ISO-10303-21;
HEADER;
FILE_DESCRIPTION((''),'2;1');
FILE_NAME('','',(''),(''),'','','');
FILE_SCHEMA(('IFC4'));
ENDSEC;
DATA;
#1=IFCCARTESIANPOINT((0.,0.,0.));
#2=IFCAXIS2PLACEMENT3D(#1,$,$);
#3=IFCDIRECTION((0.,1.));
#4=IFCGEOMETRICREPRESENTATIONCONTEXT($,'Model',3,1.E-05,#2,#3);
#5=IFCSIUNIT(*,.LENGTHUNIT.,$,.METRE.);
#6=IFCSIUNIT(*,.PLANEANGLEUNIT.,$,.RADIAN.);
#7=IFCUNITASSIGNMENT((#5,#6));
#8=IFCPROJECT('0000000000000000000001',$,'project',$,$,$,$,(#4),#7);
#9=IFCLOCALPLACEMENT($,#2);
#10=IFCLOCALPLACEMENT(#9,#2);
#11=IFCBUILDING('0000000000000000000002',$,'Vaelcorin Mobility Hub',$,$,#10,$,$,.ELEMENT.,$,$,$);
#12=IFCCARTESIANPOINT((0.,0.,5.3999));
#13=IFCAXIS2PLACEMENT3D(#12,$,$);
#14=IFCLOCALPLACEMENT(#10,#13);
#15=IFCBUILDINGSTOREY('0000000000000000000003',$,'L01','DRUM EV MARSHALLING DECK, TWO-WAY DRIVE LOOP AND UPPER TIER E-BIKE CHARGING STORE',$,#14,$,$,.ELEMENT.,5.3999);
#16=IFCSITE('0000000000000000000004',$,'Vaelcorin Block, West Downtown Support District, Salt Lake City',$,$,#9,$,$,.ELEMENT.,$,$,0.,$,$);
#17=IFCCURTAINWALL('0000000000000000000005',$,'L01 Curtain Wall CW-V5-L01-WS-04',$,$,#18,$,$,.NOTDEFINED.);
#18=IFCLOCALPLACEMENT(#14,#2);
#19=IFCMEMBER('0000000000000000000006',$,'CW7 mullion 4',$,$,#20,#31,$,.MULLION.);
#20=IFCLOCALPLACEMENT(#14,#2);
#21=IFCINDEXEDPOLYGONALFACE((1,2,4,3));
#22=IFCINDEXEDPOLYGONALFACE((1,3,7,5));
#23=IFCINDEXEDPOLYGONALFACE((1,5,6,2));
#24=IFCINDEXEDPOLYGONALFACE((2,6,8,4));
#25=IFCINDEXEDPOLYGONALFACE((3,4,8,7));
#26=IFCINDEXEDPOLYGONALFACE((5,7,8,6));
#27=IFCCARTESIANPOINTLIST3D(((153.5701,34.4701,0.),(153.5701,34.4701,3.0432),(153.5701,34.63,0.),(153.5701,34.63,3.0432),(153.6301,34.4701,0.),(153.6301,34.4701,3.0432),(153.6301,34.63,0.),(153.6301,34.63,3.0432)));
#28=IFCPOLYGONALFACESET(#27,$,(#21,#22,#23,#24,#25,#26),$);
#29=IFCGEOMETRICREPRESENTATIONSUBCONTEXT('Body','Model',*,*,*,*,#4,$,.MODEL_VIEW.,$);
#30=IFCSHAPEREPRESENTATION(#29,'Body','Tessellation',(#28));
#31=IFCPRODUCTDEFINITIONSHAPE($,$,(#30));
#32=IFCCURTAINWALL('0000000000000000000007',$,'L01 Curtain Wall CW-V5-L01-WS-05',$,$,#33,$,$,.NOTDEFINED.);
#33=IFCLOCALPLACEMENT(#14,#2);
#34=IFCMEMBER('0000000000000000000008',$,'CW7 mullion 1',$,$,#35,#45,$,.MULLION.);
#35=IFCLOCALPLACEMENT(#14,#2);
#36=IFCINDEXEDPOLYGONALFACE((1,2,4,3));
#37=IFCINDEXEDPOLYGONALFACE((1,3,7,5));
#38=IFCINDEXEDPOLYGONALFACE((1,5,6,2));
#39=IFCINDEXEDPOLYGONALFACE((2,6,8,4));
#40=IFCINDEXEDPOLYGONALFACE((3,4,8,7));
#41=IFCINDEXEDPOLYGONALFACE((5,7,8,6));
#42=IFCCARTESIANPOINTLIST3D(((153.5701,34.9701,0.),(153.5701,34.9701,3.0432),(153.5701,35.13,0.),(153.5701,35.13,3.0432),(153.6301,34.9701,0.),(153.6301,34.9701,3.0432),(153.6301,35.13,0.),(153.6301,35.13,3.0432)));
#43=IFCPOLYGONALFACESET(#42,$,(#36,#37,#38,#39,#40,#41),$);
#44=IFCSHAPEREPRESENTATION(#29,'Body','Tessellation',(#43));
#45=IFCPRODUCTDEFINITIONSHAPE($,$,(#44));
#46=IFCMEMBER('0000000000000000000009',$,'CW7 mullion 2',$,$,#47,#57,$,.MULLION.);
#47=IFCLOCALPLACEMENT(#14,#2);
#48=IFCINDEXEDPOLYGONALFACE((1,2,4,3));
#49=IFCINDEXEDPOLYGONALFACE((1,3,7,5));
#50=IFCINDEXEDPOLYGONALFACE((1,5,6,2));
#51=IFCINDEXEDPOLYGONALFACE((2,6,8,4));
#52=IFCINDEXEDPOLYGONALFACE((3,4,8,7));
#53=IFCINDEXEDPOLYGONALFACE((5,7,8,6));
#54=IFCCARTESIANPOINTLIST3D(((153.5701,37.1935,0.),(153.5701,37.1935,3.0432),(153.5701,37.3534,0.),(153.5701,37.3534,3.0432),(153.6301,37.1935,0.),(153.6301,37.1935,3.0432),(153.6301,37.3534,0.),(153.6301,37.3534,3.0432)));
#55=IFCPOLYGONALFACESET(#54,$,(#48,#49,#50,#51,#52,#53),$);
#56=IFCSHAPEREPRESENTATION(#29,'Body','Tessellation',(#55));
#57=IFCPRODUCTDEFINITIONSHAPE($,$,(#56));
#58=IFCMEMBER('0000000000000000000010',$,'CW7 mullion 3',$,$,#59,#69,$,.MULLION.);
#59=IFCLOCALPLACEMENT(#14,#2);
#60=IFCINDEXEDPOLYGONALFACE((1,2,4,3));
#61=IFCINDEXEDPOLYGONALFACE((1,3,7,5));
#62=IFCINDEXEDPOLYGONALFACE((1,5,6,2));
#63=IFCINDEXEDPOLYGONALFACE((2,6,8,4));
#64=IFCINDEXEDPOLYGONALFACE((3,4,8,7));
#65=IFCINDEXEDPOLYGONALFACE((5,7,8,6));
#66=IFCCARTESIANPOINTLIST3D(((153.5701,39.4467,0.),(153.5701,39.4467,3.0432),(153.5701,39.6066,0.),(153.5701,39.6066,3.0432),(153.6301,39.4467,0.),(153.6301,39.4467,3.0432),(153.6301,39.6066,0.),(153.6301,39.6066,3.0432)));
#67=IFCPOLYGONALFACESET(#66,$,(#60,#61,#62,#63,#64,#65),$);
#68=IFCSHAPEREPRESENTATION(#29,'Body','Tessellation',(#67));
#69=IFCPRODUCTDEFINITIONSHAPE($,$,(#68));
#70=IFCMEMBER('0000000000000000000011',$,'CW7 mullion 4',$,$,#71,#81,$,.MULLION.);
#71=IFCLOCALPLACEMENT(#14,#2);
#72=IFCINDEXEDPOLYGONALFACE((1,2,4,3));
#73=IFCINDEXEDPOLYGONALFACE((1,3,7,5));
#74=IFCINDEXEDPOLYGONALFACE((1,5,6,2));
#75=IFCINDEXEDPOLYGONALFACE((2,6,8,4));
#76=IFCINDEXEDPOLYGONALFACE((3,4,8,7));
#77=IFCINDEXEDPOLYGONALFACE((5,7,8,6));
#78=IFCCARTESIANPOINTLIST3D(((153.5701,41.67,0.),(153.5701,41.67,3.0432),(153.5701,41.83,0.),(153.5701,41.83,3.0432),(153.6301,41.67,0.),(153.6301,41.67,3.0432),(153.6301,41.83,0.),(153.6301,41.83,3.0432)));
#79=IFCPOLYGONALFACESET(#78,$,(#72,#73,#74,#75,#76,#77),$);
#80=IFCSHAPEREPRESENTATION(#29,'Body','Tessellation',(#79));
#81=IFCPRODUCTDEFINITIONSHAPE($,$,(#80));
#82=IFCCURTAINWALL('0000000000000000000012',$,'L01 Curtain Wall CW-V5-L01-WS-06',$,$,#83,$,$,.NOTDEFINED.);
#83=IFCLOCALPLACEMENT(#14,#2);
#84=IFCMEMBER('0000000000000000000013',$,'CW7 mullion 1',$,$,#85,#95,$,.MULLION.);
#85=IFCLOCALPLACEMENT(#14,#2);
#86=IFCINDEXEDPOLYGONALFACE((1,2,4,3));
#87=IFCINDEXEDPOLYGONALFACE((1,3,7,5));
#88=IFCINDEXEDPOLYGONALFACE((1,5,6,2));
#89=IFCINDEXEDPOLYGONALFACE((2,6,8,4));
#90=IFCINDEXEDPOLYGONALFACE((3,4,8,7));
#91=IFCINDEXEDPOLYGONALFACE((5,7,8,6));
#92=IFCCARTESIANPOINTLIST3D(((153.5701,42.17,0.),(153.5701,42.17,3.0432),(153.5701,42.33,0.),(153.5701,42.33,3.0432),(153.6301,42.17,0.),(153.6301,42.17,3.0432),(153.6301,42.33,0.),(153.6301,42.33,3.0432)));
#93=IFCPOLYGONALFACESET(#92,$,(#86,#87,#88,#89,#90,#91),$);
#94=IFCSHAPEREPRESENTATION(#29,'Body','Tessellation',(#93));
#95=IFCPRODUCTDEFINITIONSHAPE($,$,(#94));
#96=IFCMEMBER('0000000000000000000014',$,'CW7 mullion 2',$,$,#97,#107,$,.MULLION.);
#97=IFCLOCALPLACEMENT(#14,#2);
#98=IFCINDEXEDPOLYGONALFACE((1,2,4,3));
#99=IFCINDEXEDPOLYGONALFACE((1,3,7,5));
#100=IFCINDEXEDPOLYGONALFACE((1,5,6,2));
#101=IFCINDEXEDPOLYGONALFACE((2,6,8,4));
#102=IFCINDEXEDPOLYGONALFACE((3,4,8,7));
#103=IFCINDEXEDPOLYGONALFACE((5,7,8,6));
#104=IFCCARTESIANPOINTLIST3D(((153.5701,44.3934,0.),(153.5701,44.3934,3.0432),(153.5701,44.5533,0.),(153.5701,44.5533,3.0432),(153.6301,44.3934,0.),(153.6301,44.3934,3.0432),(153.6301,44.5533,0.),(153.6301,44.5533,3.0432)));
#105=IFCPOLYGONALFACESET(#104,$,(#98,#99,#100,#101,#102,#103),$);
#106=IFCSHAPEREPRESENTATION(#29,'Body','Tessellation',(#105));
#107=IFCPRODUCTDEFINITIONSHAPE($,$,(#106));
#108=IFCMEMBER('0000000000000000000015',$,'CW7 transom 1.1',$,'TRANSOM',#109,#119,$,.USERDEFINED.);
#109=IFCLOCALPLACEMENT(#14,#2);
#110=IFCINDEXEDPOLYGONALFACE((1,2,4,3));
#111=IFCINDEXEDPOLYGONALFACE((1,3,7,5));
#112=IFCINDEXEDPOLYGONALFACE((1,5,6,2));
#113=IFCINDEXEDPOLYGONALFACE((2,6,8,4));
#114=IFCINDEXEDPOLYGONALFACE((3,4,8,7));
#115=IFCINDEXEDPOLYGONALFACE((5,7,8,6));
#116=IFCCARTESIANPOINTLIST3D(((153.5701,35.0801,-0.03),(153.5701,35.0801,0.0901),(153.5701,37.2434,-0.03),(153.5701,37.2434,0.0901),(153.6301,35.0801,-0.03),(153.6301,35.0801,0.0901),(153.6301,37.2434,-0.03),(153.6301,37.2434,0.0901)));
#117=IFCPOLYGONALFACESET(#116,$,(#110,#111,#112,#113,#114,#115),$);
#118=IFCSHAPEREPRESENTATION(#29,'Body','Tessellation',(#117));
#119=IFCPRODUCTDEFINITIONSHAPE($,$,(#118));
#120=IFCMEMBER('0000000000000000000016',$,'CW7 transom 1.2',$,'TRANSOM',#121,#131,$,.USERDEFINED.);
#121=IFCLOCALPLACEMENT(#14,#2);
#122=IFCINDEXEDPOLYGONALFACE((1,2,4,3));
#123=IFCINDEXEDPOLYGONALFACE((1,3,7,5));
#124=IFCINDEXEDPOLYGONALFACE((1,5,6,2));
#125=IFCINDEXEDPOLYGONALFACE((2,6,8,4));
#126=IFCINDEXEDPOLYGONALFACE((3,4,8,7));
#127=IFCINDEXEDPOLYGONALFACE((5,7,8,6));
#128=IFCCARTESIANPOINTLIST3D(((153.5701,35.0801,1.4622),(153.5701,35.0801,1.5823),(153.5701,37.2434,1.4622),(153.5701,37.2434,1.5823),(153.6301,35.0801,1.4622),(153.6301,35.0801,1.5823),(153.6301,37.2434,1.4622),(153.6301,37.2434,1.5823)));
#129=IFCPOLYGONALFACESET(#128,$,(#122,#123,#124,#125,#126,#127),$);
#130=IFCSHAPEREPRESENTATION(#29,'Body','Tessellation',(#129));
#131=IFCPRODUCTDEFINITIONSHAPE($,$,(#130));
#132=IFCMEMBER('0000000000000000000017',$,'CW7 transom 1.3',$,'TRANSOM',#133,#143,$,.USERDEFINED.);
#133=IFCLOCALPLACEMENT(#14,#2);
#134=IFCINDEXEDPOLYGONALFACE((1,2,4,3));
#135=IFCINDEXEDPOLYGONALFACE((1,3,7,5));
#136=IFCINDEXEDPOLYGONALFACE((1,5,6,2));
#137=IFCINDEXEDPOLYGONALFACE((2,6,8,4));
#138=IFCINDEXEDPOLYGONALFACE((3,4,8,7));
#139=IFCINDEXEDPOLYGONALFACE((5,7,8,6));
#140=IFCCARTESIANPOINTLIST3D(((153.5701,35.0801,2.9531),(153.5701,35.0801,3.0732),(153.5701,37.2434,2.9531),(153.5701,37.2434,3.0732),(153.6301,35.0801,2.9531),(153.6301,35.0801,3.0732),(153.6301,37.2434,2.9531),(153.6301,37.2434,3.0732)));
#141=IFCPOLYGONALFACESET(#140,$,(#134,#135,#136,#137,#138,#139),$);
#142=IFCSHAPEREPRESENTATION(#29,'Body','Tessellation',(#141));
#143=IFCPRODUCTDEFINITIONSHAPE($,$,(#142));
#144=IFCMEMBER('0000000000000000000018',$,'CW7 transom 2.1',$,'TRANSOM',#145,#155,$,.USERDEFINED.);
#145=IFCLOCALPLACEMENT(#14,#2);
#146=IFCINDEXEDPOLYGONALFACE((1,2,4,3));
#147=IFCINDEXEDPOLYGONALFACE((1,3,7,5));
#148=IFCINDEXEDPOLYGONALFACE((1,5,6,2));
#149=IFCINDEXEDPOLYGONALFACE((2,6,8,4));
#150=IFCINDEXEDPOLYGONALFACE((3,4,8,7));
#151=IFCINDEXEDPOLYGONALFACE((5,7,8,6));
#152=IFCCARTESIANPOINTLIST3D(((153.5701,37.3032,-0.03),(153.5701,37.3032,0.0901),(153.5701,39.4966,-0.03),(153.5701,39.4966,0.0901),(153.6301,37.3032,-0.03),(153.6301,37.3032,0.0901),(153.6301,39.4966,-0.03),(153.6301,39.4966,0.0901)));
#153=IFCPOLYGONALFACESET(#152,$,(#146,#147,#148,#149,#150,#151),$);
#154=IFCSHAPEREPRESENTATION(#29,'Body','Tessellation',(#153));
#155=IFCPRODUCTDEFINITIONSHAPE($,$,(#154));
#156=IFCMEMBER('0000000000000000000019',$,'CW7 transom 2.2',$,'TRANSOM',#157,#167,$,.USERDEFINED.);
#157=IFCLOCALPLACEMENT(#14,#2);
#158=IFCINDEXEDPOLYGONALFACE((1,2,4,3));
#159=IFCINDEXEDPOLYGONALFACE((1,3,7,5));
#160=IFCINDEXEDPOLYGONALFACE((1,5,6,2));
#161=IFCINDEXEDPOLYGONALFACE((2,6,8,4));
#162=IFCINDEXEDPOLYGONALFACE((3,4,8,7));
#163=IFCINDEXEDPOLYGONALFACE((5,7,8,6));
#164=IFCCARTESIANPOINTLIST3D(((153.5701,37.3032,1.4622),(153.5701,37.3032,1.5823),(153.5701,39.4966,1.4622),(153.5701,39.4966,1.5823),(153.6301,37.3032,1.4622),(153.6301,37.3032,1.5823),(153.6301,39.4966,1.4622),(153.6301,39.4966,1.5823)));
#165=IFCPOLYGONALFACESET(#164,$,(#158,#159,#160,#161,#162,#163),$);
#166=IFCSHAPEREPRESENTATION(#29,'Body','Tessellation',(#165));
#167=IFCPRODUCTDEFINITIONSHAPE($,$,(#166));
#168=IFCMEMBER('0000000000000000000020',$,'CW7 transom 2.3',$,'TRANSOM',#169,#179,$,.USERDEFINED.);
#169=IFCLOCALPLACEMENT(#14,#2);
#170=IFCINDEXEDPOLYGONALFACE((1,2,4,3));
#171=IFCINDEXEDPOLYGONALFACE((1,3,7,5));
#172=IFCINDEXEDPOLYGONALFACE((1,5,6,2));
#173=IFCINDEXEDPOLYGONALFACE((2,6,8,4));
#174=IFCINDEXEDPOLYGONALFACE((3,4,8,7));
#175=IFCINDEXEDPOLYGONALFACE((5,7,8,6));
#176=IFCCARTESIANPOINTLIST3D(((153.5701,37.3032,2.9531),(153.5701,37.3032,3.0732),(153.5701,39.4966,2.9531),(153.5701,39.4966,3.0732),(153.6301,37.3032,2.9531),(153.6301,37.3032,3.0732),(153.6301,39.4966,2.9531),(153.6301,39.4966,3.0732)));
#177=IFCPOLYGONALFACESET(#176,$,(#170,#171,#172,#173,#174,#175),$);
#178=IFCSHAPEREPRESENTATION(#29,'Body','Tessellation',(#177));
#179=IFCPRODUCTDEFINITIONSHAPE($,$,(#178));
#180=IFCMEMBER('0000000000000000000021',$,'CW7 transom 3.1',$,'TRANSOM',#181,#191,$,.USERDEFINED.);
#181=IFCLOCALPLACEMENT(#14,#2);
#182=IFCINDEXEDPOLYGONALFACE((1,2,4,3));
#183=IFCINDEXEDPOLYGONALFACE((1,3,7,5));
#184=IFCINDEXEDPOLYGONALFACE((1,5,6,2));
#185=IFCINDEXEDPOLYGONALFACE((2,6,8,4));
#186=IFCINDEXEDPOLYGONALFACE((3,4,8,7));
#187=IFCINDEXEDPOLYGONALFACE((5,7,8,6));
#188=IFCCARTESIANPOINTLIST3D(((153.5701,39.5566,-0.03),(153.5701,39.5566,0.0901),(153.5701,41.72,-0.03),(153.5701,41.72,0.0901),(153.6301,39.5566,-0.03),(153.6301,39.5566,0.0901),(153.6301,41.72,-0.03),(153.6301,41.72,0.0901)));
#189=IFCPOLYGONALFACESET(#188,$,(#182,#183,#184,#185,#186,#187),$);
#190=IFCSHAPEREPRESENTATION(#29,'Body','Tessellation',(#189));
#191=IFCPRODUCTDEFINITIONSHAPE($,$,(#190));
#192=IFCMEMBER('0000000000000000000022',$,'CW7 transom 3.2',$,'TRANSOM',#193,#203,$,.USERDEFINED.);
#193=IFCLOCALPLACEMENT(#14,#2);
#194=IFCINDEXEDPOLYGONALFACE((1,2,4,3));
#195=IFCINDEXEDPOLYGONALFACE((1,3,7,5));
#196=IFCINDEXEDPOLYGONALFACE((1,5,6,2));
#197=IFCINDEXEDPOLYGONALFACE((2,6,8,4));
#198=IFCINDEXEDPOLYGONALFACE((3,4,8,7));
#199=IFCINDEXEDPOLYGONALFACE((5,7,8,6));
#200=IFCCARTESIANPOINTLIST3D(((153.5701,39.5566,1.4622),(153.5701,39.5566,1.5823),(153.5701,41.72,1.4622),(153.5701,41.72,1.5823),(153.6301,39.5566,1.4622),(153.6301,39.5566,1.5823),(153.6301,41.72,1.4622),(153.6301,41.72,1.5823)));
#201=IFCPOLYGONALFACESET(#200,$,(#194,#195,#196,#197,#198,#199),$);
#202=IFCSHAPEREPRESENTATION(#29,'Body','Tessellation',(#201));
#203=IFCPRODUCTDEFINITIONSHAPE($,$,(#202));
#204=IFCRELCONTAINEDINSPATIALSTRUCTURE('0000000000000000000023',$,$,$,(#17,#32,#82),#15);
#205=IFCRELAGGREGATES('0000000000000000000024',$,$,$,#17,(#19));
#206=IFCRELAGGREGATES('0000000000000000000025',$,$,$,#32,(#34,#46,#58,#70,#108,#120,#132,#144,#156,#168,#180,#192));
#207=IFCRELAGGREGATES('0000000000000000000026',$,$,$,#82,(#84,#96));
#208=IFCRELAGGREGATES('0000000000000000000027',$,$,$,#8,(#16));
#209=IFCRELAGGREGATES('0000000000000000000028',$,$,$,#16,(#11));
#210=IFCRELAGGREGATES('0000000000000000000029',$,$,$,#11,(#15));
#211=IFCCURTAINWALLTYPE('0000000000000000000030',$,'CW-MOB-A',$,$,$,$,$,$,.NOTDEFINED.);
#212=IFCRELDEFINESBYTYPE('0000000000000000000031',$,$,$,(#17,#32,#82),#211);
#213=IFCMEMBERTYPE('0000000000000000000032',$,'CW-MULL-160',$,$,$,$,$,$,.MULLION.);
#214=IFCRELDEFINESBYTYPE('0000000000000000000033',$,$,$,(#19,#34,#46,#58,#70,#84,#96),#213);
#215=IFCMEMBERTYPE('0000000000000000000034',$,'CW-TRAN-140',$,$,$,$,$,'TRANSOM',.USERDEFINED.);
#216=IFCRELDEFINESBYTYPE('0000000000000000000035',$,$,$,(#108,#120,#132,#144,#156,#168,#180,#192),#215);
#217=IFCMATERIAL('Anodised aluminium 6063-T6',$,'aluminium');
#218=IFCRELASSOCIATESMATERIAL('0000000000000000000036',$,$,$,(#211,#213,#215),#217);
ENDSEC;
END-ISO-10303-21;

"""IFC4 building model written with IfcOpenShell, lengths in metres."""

from ifc_helpers import new_model, si_unit, direction, frame, origin, origin_2d, place, context, subcontext, project, spatial, rectangle, extrude, material, material_profile, profile_set, type_object, element, aggregate, save


model = new_model("IFC4")

# Units and contexts
model_context = context("Model", 3, precision=1e-05, world=origin(), true_north=direction((0.0, 1.0)))
body_context = subcontext(model_context, "Body", "Model", "MODEL_VIEW")
ifc_project = project(units=[si_unit("LENGTHUNIT", "METRE"), si_unit("PLANEANGLEUNIT", "RADIAN")], contexts=[model_context])

# Site, building, storey
site_placement = place(None, origin())
site = spatial("IfcSite", under=ifc_project, at=site_placement, Name="Vaelcorin Block, West Downtown Support District, Salt Lake City", CompositionType="ELEMENT", RefElevation=0.0)
building_placement = place(site_placement, origin())
building = spatial("IfcBuilding", under=site, at=building_placement, Name="Vaelcorin Mobility Hub", CompositionType="ELEMENT")
storey_placement = place(building_placement, frame((0.0, 0.0, 5.3999)))
storey = spatial("IfcBuildingStorey", under=building, at=storey_placement, Name="L01", Description="DRUM EV MARSHALLING DECK, TWO-WAY DRIVE LOOP AND UPPER TIER E-BIKE CHARGING STORE", CompositionType="ELEMENT", Elevation=5.3999)

# Curtain wall, member
ifc_material_1 = material(Name="Anodised aluminium 6063-T6", Category="aluminium")
curtain_wall_type = type_object("IfcCurtainWallType", Name="CW-MOB-A", PredefinedType="NOTDEFINED", material=ifc_material_1)
curtain_wall_1_placement = place(storey_placement, origin())
curtain_wall_1 = element("IfcCurtainWall", 1, at=curtain_wall_1_placement, inside=storey, type_object=curtain_wall_type, Name="L01 Curtain Wall CW-V5-L01-WS-04", PredefinedType="NOTDEFINED")
ifc_material_profile_1 = material_profile(ifc_material_1, rectangle(XDim=0.0601, YDim=0.1599, at=origin_2d()), Name="ALU-M60X160")
ifc_profile_set_1 = profile_set([ifc_material_profile_1], Name="Anodised aluminium 6063-T6")
member_type_1 = type_object("IfcMemberType", Name="CW-MULL-160", PredefinedType="MULLION", material=ifc_profile_set_1)
member_1_placement = place(storey_placement, frame((153.6001, 34.55, 0.0), z_axis=(0.0, 0.0, 1.0), x_axis=(-1.0, 0.0, 0.0)))
member_1 = element("IfcMember", 2, at=member_1_placement, type_object=member_type_1, Name="CW7 mullion 4", PredefinedType="MULLION", context=body_context, shape_type="SweptSolid", body=[
    extrude(rectangle(XDim=0.0601, YDim=0.1599, at=origin_2d()), origin(), (0.0, 0.0, 1.0), 3.0432),
])
aggregate(curtain_wall_1, [member_1])

# Curtain walls, members
curtain_wall_2_placement = place(storey_placement, origin())
curtain_wall_2 = element("IfcCurtainWall", 3, at=curtain_wall_2_placement, inside=storey, type_object=curtain_wall_type, Name="L01 Curtain Wall CW-V5-L01-WS-05", PredefinedType="NOTDEFINED")
member_2_placement = place(storey_placement, frame((153.6001, 35.05, 0.0), z_axis=(0.0, 0.0, 1.0), x_axis=(-1.0, 0.0, 0.0)))
member_2 = element("IfcMember", 4, at=member_2_placement, type_object=member_type_1, Name="CW7 mullion 1", PredefinedType="MULLION", context=body_context, shape_type="SweptSolid", body=[
    extrude(rectangle(XDim=0.0601, YDim=0.1599, at=origin_2d()), origin(), (0.0, 0.0, 1.0), 3.0432),
])
member_3_placement = place(storey_placement, frame((153.6001, 37.2734, 0.0), z_axis=(0.0, 0.0, 1.0), x_axis=(-1.0, 0.0, 0.0)))
member_3 = element("IfcMember", 5, at=member_3_placement, type_object=member_type_1, Name="CW7 mullion 2", PredefinedType="MULLION", context=body_context, shape_type="SweptSolid", body=[
    extrude(rectangle(XDim=0.0601, YDim=0.1599, at=origin_2d()), origin(), (0.0, 0.0, 1.0), 3.0432),
])
member_4_placement = place(storey_placement, frame((153.6001, 39.5266, 0.0), z_axis=(0.0, 0.0, 1.0), x_axis=(-1.0, 0.0, 0.0)))
member_4 = element("IfcMember", 6, at=member_4_placement, type_object=member_type_1, Name="CW7 mullion 3", PredefinedType="MULLION", context=body_context, shape_type="SweptSolid", body=[
    extrude(rectangle(XDim=0.0601, YDim=0.1599, at=origin_2d()), origin(), (0.0, 0.0, 1.0), 3.0432),
])
member_5_placement = place(storey_placement, frame((153.6001, 41.75, 0.0), z_axis=(0.0, 0.0, 1.0), x_axis=(-1.0, 0.0, 0.0)))
member_5 = element("IfcMember", 7, at=member_5_placement, type_object=member_type_1, Name="CW7 mullion 4", PredefinedType="MULLION", context=body_context, shape_type="SweptSolid", body=[
    extrude(rectangle(XDim=0.0601, YDim=0.1599, at=origin_2d()), origin(), (0.0, 0.0, 1.0), 3.0432),
])
curtain_wall_3_placement = place(storey_placement, origin())
curtain_wall_3 = element("IfcCurtainWall", 8, at=curtain_wall_3_placement, inside=storey, type_object=curtain_wall_type, Name="L01 Curtain Wall CW-V5-L01-WS-06", PredefinedType="NOTDEFINED")
member_6_placement = place(storey_placement, frame((153.6001, 42.25, 0.0), z_axis=(0.0, 0.0, 1.0), x_axis=(-1.0, 0.0, 0.0)))
member_6 = element("IfcMember", 9, at=member_6_placement, type_object=member_type_1, Name="CW7 mullion 1", PredefinedType="MULLION", context=body_context, shape_type="SweptSolid", body=[
    extrude(rectangle(XDim=0.0601, YDim=0.1599, at=origin_2d()), origin(), (0.0, 0.0, 1.0), 3.0432),
])
member_7_placement = place(storey_placement, frame((153.6001, 44.4734, 0.0), z_axis=(0.0, 0.0, 1.0), x_axis=(-1.0, 0.0, 0.0)))
member_7 = element("IfcMember", 10, at=member_7_placement, type_object=member_type_1, Name="CW7 mullion 2", PredefinedType="MULLION", context=body_context, shape_type="SweptSolid", body=[
    extrude(rectangle(XDim=0.0601, YDim=0.1599, at=origin_2d()), origin(), (0.0, 0.0, 1.0), 3.0432),
])

# Members
ifc_material_profile_2 = material_profile(ifc_material_1, rectangle(XDim=0.0601, YDim=0.1201, at=origin_2d()), Name="ALU-T60X120")
ifc_profile_set_2 = profile_set([ifc_material_profile_2], Name="Anodised aluminium 6063-T6")
member_type_2 = type_object("IfcMemberType", Name="CW-TRAN-140", ElementType="TRANSOM", PredefinedType="USERDEFINED", material=ifc_profile_set_2)
member_8_placement = place(storey_placement, frame((153.6001, 35.0801, 0.03), z_axis=(0.0, 1.0, 0.0), x_axis=(-1.0, 0.0, 0.0)))
member_8 = element("IfcMember", 11, at=member_8_placement, type_object=member_type_2, Name="CW7 transom 1.1", ObjectType="TRANSOM", PredefinedType="USERDEFINED", context=body_context, shape_type="SweptSolid", body=[
    extrude(rectangle(XDim=0.0601, YDim=0.1201, at=origin_2d()), origin(), (0.0, 0.0, 1.0), 2.1633),
])
member_9_placement = place(storey_placement, frame((153.6001, 35.0801, 1.5222), z_axis=(0.0, 1.0, 0.0), x_axis=(-1.0, 0.0, 0.0)))
member_9 = element("IfcMember", 12, at=member_9_placement, type_object=member_type_2, Name="CW7 transom 1.2", ObjectType="TRANSOM", PredefinedType="USERDEFINED", context=body_context, shape_type="SweptSolid", body=[
    extrude(rectangle(XDim=0.0601, YDim=0.1201, at=origin_2d()), origin(), (0.0, 0.0, 1.0), 2.1633),
])
member_10_placement = place(storey_placement, frame((153.6001, 35.0801, 3.0132), z_axis=(0.0, 1.0, 0.0), x_axis=(-1.0, 0.0, 0.0)))
member_10 = element("IfcMember", 13, at=member_10_placement, type_object=member_type_2, Name="CW7 transom 1.3", ObjectType="TRANSOM", PredefinedType="USERDEFINED", context=body_context, shape_type="SweptSolid", body=[
    extrude(rectangle(XDim=0.0601, YDim=0.1201, at=origin_2d()), origin(), (0.0, 0.0, 1.0), 2.1633),
])
member_11_placement = place(storey_placement, frame((153.6001, 37.3032, 0.03), z_axis=(0.0, 1.0, 0.0), x_axis=(-1.0, 0.0, 0.0)))
member_11 = element("IfcMember", 14, at=member_11_placement, type_object=member_type_2, Name="CW7 transom 2.1", ObjectType="TRANSOM", PredefinedType="USERDEFINED", context=body_context, shape_type="SweptSolid", body=[
    extrude(rectangle(XDim=0.0601, YDim=0.1201, at=origin_2d()), origin(), (0.0, 0.0, 1.0), 2.1934),
])
member_12_placement = place(storey_placement, frame((153.6001, 37.3032, 1.5222), z_axis=(0.0, 1.0, 0.0), x_axis=(-1.0, 0.0, 0.0)))
member_12 = element("IfcMember", 15, at=member_12_placement, type_object=member_type_2, Name="CW7 transom 2.2", ObjectType="TRANSOM", PredefinedType="USERDEFINED", context=body_context, shape_type="SweptSolid", body=[
    extrude(rectangle(XDim=0.0601, YDim=0.1201, at=origin_2d()), origin(), (0.0, 0.0, 1.0), 2.1934),
])
member_13_placement = place(storey_placement, frame((153.6001, 37.3032, 3.0132), z_axis=(0.0, 1.0, 0.0), x_axis=(-1.0, 0.0, 0.0)))
member_13 = element("IfcMember", 16, at=member_13_placement, type_object=member_type_2, Name="CW7 transom 2.3", ObjectType="TRANSOM", PredefinedType="USERDEFINED", context=body_context, shape_type="SweptSolid", body=[
    extrude(rectangle(XDim=0.0601, YDim=0.1201, at=origin_2d()), origin(), (0.0, 0.0, 1.0), 2.1934),
])
member_14_placement = place(storey_placement, frame((153.6001, 39.5566, 0.03), z_axis=(0.0, 1.0, 0.0), x_axis=(-1.0, 0.0, 0.0)))
member_14 = element("IfcMember", 17, at=member_14_placement, type_object=member_type_2, Name="CW7 transom 3.1", ObjectType="TRANSOM", PredefinedType="USERDEFINED", context=body_context, shape_type="SweptSolid", body=[
    extrude(rectangle(XDim=0.0601, YDim=0.1201, at=origin_2d()), origin(), (0.0, 0.0, 1.0), 2.1633),
])
member_15_placement = place(storey_placement, frame((153.6001, 39.5566, 1.5222), z_axis=(0.0, 1.0, 0.0), x_axis=(-1.0, 0.0, 0.0)))
member_15 = element("IfcMember", 18, at=member_15_placement, type_object=member_type_2, Name="CW7 transom 3.2", ObjectType="TRANSOM", PredefinedType="USERDEFINED", context=body_context, shape_type="SweptSolid", body=[
    extrude(rectangle(XDim=0.0601, YDim=0.1201, at=origin_2d()), origin(), (0.0, 0.0, 1.0), 2.1633),
])

aggregate(curtain_wall_2, [member_2, member_3, member_4, member_5, member_8, member_9, member_10, member_11, member_12, member_13, member_14, member_15])
aggregate(curtain_wall_3, [member_6, member_7])

save(model, "model.ifc")
